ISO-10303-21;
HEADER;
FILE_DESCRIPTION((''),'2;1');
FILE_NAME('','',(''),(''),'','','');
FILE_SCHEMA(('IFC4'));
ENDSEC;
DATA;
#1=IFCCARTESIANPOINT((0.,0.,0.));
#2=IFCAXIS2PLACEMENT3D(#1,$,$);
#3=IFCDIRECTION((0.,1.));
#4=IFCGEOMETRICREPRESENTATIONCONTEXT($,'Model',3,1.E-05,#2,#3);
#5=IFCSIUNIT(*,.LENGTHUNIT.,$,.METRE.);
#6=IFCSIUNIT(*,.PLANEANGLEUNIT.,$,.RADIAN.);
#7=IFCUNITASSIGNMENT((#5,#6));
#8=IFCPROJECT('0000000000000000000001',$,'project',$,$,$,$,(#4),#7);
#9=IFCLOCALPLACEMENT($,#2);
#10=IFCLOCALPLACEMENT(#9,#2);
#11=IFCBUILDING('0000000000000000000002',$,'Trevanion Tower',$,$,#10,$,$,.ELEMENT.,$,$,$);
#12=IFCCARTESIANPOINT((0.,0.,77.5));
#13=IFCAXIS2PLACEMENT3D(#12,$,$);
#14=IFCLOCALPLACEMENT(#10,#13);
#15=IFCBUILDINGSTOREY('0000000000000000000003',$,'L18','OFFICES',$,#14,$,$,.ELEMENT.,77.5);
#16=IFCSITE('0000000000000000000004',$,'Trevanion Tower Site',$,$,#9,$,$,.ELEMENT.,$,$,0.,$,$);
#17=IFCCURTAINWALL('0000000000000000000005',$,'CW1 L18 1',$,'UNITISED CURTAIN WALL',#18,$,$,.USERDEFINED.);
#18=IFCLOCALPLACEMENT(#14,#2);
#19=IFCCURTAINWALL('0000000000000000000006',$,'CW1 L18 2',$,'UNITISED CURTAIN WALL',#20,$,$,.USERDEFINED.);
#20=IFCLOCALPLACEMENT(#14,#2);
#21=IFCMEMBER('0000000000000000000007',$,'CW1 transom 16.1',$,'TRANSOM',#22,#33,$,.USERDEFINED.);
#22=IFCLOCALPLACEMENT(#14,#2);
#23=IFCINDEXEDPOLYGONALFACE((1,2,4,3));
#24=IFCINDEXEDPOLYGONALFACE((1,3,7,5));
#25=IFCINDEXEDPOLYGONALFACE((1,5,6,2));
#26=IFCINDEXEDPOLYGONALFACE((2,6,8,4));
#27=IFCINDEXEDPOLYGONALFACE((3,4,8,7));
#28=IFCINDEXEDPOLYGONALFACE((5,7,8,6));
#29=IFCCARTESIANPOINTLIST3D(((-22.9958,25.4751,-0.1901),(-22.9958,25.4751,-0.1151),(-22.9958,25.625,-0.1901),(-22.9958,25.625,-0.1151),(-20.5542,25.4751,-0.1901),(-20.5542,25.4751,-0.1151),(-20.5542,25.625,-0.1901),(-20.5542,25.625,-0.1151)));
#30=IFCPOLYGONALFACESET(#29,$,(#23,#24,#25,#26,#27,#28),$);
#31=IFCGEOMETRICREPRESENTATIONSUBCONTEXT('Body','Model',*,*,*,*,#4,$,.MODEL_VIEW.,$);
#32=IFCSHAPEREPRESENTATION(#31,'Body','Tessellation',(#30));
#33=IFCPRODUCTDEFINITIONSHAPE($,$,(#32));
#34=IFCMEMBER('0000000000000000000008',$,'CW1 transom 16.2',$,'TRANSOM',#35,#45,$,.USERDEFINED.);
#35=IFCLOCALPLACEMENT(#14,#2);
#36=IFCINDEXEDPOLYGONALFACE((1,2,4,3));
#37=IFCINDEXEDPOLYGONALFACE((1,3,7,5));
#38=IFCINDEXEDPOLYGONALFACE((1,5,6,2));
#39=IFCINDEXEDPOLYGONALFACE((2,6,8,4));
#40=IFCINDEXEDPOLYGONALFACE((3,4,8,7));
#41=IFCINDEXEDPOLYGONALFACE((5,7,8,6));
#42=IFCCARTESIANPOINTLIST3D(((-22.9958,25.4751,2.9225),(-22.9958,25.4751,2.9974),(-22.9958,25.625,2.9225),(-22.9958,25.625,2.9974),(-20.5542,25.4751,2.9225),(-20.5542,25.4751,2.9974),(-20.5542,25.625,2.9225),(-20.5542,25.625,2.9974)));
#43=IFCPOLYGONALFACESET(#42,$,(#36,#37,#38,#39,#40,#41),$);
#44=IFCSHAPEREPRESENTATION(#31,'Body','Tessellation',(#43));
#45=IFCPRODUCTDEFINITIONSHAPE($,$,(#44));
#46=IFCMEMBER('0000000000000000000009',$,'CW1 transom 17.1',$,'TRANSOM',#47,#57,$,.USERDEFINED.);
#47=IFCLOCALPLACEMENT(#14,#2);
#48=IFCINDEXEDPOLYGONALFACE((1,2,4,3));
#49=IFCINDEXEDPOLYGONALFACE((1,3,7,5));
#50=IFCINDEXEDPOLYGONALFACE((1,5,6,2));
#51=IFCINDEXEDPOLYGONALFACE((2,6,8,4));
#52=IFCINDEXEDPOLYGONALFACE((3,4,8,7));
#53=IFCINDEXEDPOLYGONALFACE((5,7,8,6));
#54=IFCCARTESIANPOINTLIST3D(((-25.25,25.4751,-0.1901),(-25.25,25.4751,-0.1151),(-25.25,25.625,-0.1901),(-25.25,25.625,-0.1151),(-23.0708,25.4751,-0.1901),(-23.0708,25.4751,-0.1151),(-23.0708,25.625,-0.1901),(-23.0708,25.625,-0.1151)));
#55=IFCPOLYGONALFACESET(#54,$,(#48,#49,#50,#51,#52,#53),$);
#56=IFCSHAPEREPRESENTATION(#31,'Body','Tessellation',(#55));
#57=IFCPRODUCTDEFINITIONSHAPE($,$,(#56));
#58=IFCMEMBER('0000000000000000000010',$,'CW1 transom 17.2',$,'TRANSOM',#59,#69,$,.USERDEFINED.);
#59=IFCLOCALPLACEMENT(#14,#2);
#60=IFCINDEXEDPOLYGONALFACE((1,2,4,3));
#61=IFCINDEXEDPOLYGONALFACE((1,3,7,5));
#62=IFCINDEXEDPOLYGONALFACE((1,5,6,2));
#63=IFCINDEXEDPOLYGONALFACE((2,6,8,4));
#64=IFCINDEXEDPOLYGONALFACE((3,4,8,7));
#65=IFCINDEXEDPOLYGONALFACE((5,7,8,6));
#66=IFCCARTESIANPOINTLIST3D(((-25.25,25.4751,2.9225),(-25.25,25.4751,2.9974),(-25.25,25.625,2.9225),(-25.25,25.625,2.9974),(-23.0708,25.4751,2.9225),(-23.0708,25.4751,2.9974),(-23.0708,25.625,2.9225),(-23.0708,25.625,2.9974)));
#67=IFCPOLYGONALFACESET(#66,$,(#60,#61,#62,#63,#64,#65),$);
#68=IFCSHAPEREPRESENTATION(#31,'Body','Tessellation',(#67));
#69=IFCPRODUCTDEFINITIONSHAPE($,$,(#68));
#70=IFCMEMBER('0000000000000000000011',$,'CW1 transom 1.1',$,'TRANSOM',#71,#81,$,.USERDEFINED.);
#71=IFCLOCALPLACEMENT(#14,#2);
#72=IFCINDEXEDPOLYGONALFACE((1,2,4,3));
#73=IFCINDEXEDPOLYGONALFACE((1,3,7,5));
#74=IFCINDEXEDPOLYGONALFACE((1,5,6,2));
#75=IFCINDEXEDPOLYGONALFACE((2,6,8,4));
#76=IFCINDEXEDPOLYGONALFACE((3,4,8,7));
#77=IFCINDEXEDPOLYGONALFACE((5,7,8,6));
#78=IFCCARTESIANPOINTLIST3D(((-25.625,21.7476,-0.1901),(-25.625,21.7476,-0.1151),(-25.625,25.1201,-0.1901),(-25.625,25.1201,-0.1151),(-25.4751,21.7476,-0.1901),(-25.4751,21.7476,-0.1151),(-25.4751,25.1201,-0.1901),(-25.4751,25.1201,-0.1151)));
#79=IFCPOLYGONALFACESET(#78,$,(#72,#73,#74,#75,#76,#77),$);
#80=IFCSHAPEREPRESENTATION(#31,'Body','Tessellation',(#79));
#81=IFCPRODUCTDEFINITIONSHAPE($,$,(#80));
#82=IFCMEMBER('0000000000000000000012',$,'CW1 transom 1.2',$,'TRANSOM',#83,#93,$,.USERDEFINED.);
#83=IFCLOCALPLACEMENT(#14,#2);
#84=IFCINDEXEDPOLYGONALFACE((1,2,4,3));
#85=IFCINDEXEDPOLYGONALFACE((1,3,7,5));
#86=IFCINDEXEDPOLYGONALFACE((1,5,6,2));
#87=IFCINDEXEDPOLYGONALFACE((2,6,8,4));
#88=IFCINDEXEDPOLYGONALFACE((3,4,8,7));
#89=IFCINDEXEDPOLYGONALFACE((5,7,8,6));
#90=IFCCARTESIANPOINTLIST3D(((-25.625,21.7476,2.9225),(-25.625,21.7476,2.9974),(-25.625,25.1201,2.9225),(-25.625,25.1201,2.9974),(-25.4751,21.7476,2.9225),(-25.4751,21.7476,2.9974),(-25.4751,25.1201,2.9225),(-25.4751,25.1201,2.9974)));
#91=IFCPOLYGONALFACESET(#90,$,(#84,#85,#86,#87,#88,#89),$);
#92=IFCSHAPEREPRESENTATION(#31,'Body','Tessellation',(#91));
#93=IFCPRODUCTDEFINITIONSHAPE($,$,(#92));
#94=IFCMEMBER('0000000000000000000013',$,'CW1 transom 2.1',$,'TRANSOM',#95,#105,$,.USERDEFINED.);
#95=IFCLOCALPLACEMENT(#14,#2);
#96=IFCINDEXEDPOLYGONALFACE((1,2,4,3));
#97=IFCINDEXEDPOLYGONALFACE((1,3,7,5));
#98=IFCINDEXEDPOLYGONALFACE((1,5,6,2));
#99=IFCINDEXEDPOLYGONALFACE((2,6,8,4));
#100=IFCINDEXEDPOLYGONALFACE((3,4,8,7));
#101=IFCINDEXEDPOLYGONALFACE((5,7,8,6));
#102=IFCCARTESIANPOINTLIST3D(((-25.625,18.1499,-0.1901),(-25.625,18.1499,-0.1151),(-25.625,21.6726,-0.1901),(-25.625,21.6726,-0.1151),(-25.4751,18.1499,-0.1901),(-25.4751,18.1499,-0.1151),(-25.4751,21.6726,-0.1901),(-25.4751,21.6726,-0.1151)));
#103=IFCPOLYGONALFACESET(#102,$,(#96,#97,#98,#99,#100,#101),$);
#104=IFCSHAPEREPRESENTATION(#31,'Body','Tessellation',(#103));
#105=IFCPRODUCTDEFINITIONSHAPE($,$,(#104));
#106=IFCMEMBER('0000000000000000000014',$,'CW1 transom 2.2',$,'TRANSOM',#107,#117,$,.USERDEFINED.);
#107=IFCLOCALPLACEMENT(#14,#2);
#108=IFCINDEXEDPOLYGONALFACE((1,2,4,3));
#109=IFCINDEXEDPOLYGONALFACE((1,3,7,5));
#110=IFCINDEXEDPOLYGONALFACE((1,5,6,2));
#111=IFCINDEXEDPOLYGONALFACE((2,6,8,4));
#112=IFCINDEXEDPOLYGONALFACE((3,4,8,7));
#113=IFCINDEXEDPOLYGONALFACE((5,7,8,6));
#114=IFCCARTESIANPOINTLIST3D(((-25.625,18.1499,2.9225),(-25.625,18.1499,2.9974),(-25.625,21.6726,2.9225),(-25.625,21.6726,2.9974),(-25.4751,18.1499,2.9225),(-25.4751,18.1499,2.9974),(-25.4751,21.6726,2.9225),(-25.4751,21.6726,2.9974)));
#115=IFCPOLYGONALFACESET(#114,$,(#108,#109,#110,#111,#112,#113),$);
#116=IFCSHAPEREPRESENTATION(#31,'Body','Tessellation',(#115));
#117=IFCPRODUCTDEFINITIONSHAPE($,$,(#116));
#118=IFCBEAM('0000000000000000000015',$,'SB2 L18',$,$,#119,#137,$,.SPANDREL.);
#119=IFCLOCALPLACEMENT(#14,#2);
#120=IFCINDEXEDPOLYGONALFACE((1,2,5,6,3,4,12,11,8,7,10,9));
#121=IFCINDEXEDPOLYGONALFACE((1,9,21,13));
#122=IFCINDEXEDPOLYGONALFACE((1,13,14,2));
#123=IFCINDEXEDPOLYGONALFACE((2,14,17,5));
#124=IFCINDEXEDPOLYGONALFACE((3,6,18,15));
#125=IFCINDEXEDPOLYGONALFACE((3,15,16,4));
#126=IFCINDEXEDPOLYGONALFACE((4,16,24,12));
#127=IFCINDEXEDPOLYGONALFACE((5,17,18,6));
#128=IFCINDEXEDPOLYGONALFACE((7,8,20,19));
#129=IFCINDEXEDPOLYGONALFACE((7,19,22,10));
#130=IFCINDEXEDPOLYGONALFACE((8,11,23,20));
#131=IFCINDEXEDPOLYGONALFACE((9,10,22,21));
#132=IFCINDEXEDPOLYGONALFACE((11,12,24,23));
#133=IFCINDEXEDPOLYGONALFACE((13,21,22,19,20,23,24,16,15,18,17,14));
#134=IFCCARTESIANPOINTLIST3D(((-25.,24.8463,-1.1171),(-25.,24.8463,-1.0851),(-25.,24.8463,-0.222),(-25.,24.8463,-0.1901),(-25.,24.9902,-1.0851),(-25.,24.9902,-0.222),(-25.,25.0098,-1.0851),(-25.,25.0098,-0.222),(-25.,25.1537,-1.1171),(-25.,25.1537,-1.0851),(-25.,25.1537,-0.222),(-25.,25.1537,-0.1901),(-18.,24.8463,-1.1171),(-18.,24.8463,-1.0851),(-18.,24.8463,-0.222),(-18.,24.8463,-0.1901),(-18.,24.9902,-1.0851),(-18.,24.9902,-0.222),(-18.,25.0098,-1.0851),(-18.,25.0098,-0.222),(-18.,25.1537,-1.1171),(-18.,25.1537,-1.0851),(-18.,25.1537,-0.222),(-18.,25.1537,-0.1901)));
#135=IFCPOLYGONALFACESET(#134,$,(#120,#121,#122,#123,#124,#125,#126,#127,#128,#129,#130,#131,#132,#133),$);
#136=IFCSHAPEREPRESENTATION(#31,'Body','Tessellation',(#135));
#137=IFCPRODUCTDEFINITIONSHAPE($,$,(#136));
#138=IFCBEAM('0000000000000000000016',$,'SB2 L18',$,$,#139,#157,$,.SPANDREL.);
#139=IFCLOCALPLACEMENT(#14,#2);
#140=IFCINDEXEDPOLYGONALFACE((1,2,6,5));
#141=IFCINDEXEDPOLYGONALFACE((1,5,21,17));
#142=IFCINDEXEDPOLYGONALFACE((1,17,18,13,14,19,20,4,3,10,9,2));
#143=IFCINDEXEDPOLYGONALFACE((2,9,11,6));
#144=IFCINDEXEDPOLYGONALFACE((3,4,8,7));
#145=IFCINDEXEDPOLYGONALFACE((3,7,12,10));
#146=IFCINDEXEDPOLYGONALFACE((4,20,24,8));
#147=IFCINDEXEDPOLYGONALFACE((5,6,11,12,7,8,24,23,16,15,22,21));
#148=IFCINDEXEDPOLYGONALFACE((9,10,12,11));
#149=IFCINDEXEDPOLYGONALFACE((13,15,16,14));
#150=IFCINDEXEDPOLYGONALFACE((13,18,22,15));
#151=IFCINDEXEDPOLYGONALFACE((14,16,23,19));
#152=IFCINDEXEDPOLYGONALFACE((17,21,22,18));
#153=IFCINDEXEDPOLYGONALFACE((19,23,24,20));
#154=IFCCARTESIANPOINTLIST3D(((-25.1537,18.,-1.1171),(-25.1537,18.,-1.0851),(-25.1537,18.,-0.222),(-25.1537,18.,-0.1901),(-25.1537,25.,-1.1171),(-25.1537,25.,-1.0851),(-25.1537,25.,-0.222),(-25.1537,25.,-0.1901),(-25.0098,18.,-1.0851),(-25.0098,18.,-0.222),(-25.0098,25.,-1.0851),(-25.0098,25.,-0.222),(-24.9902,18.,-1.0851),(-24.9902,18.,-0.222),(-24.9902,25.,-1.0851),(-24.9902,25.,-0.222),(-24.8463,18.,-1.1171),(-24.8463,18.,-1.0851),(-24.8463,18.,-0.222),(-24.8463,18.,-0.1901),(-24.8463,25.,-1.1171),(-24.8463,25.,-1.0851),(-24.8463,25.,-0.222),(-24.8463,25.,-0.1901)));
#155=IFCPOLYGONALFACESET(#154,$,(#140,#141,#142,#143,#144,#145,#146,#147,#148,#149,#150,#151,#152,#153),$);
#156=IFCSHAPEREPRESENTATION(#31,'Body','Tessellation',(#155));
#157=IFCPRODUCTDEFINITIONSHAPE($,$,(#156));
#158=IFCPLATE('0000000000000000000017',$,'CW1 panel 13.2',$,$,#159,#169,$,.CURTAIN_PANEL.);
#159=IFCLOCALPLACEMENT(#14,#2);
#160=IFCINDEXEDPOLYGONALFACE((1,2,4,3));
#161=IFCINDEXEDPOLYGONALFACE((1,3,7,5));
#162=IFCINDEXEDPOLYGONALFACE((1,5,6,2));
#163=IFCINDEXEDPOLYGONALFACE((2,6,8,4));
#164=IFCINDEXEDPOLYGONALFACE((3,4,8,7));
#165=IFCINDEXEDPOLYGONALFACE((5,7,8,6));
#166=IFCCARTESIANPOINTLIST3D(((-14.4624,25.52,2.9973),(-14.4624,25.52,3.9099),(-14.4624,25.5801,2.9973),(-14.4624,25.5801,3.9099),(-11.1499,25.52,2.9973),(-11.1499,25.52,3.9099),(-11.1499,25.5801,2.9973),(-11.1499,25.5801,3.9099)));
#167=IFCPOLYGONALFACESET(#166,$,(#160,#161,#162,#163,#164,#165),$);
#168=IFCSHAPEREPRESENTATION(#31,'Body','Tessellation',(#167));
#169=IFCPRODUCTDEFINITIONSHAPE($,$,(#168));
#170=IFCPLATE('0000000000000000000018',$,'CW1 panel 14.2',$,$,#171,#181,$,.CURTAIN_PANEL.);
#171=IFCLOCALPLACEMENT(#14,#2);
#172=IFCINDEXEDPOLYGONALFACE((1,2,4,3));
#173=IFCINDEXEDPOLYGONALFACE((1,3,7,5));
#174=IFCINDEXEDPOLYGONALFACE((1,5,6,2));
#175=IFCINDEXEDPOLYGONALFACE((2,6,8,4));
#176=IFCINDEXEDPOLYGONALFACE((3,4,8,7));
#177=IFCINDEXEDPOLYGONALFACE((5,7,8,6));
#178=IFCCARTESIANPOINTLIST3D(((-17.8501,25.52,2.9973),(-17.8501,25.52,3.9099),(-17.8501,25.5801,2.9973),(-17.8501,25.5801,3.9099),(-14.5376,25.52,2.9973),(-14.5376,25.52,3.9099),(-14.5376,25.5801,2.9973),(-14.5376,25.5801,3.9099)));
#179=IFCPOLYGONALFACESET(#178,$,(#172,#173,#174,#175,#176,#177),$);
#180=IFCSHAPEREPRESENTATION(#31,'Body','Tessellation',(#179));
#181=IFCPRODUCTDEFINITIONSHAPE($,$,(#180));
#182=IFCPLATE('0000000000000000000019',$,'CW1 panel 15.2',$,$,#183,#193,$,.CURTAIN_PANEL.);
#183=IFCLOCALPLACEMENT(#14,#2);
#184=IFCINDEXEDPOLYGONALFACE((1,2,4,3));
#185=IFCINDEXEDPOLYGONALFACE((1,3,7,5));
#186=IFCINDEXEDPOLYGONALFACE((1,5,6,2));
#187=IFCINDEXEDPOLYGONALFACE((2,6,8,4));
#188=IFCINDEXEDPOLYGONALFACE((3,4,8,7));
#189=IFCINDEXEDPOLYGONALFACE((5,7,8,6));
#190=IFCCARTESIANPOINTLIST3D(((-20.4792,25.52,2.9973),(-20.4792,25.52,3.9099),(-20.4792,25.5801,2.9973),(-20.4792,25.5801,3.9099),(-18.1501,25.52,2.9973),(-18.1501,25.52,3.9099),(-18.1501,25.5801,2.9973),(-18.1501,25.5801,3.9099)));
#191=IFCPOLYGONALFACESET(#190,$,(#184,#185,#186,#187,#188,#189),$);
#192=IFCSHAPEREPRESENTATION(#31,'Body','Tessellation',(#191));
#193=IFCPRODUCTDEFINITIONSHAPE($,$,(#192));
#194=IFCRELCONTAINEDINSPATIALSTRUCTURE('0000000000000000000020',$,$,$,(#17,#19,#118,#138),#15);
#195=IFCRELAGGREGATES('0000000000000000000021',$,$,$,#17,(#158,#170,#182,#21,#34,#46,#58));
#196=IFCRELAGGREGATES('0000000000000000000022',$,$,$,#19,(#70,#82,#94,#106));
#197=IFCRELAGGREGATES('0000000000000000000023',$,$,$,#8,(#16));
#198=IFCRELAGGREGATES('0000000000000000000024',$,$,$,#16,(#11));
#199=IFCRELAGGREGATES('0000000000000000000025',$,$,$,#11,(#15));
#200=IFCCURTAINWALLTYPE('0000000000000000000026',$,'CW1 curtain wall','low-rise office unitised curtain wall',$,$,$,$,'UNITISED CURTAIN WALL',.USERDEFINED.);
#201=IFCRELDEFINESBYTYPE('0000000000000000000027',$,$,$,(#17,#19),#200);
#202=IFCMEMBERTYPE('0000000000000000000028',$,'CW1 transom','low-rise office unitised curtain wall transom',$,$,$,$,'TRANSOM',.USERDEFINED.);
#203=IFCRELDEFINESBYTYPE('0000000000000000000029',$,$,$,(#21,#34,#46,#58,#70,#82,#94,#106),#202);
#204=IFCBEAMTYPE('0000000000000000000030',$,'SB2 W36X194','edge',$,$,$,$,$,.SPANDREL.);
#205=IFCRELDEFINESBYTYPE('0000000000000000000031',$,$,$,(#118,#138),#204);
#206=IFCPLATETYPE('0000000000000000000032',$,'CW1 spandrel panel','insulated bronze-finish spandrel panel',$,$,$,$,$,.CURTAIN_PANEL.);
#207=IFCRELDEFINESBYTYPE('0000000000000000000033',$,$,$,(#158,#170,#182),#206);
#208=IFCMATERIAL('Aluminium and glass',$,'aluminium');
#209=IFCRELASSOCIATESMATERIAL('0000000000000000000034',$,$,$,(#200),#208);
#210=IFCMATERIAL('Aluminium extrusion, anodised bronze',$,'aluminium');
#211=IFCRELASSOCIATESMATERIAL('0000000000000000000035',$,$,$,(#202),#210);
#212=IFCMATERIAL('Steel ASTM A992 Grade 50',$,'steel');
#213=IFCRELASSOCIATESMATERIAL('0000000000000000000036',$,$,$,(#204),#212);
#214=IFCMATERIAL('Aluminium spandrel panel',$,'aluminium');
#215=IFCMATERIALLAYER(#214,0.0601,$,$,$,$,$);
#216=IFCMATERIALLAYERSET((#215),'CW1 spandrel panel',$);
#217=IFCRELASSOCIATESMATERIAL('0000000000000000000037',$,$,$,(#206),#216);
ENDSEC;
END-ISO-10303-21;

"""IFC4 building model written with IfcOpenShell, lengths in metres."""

from ifc_helpers import new_model, si_unit, direction, frame, origin, origin_2d, place, context, subcontext, project, spatial, rectangle, i_section, extrude, material, layer, layer_set, material_profile, profile_set, type_object, element, aggregate, save


model = new_model("IFC4")

# Units and contexts
model_context = context("Model", 3, precision=1e-05, world=origin(), true_north=direction((0.0, 1.0)))
body_context = subcontext(model_context, "Body", "Model", "MODEL_VIEW")
ifc_project = project(units=[si_unit("LENGTHUNIT", "METRE"), si_unit("PLANEANGLEUNIT", "RADIAN")], contexts=[model_context])

# Site, building, storey
site_placement = place(None, origin())
site = spatial("IfcSite", under=ifc_project, at=site_placement, Name="Trevanion Tower Site", CompositionType="ELEMENT", RefElevation=0.0)
building_placement = place(site_placement, origin())
building = spatial("IfcBuilding", under=site, at=building_placement, Name="Trevanion Tower", CompositionType="ELEMENT")
storey_placement = place(building_placement, frame((0.0, 0.0, 77.5)))
storey = spatial("IfcBuildingStorey", under=building, at=storey_placement, Name="L18", Description="OFFICES", CompositionType="ELEMENT", Elevation=77.5)

# Curtain wall
ifc_material_1 = material(Name="Aluminium and glass", Category="aluminium")
curtain_wall_type = type_object("IfcCurtainWallType", Name="CW1 curtain wall", Description="low-rise office unitised curtain wall", ElementType="UNITISED CURTAIN WALL", PredefinedType="USERDEFINED", material=ifc_material_1)
curtain_wall_1_placement = place(storey_placement, origin())
curtain_wall_1 = element("IfcCurtainWall", 1, at=curtain_wall_1_placement, inside=storey, type_object=curtain_wall_type, Name="CW1 L18 1", ObjectType="UNITISED CURTAIN WALL", PredefinedType="USERDEFINED")

# Curtain wall
curtain_wall_2_placement = place(storey_placement, origin())
curtain_wall_2 = element("IfcCurtainWall", 2, at=curtain_wall_2_placement, inside=storey, type_object=curtain_wall_type, Name="CW1 L18 2", ObjectType="UNITISED CURTAIN WALL", PredefinedType="USERDEFINED")

# Members
ifc_material_2 = material(Name="Aluminium extrusion, anodised bronze", Category="aluminium")
ifc_material_profile_1 = material_profile(ifc_material_2, rectangle(XDim=0.1499, YDim=0.075, at=origin_2d()), Name="CW1 transom")
ifc_profile_set_1 = profile_set([ifc_material_profile_1], Name="Aluminium extrusion, anodised bronze")
member_type_1 = type_object("IfcMemberType", Name="CW1 transom", Description="low-rise office unitised curtain wall transom", ElementType="TRANSOM", PredefinedType="USERDEFINED", material=ifc_profile_set_1)
member_1_placement = place(storey_placement, frame((-20.5542, 25.55, -0.1526), z_axis=(-1.0, 0.0, 0.0), x_axis=(0.0, -1.0, 0.0)))
member_1 = element("IfcMember", 3, at=member_1_placement, type_object=member_type_1, Name="CW1 transom 16.1", ObjectType="TRANSOM", PredefinedType="USERDEFINED", context=body_context, shape_type="SweptSolid", body=[
    extrude(rectangle(XDim=0.1499, YDim=0.075, at=origin_2d()), origin(), (0.0, 0.0, 1.0), 2.4417),
])
member_2_placement = place(storey_placement, frame((-20.5542, 25.55, 2.96), z_axis=(-1.0, 0.0, 0.0), x_axis=(0.0, -1.0, 0.0)))
member_2 = element("IfcMember", 4, at=member_2_placement, type_object=member_type_1, Name="CW1 transom 16.2", ObjectType="TRANSOM", PredefinedType="USERDEFINED", context=body_context, shape_type="SweptSolid", body=[
    extrude(rectangle(XDim=0.1499, YDim=0.075, at=origin_2d()), origin(), (0.0, 0.0, 1.0), 2.4417),
])
member_3_placement = place(storey_placement, frame((-23.0708, 25.55, -0.1526), z_axis=(-1.0, 0.0, 0.0), x_axis=(0.0, -1.0, 0.0)))
member_3 = element("IfcMember", 5, at=member_3_placement, type_object=member_type_1, Name="CW1 transom 17.1", ObjectType="TRANSOM", PredefinedType="USERDEFINED", context=body_context, shape_type="SweptSolid", body=[
    extrude(rectangle(XDim=0.1499, YDim=0.075, at=origin_2d()), origin(), (0.0, 0.0, 1.0), 2.1792),
])
member_4_placement = place(storey_placement, frame((-23.0708, 25.55, 2.96), z_axis=(-1.0, 0.0, 0.0), x_axis=(0.0, -1.0, 0.0)))
member_4 = element("IfcMember", 6, at=member_4_placement, type_object=member_type_1, Name="CW1 transom 17.2", ObjectType="TRANSOM", PredefinedType="USERDEFINED", context=body_context, shape_type="SweptSolid", body=[
    extrude(rectangle(XDim=0.1499, YDim=0.075, at=origin_2d()), origin(), (0.0, 0.0, 1.0), 2.1792),
])
member_5_placement = place(storey_placement, frame((-25.55, 25.1201, -0.1526), z_axis=(0.0, -1.0, 0.0), x_axis=(1.0, 0.0, 0.0)))
member_5 = element("IfcMember", 7, at=member_5_placement, type_object=member_type_1, Name="CW1 transom 1.1", ObjectType="TRANSOM", PredefinedType="USERDEFINED", context=body_context, shape_type="SweptSolid", body=[
    extrude(rectangle(XDim=0.1499, YDim=0.075, at=origin_2d()), origin(), (0.0, 0.0, 1.0), 3.3726),
])
member_6_placement = place(storey_placement, frame((-25.55, 25.1201, 2.96), z_axis=(0.0, -1.0, 0.0), x_axis=(1.0, 0.0, 0.0)))
member_6 = element("IfcMember", 8, at=member_6_placement, type_object=member_type_1, Name="CW1 transom 1.2", ObjectType="TRANSOM", PredefinedType="USERDEFINED", context=body_context, shape_type="SweptSolid", body=[
    extrude(rectangle(XDim=0.1499, YDim=0.075, at=origin_2d()), origin(), (0.0, 0.0, 1.0), 3.3726),
])
member_7_placement = place(storey_placement, frame((-25.55, 21.6726, -0.1526), z_axis=(0.0, -1.0, 0.0), x_axis=(1.0, 0.0, 0.0)))
member_7 = element("IfcMember", 9, at=member_7_placement, type_object=member_type_1, Name="CW1 transom 2.1", ObjectType="TRANSOM", PredefinedType="USERDEFINED", context=body_context, shape_type="SweptSolid", body=[
    extrude(rectangle(XDim=0.1499, YDim=0.075, at=origin_2d()), origin(), (0.0, 0.0, 1.0), 3.5227),
])
member_8_placement = place(storey_placement, frame((-25.55, 21.6726, 2.96), z_axis=(0.0, -1.0, 0.0), x_axis=(1.0, 0.0, 0.0)))
member_8 = element("IfcMember", 10, at=member_8_placement, type_object=member_type_1, Name="CW1 transom 2.2", ObjectType="TRANSOM", PredefinedType="USERDEFINED", context=body_context, shape_type="SweptSolid", body=[
    extrude(rectangle(XDim=0.1499, YDim=0.075, at=origin_2d()), origin(), (0.0, 0.0, 1.0), 3.5227),
])

# Beams
ifc_material_3 = material(Name="Steel ASTM A992 Grade 50", Category="steel")
ifc_material_profile_2 = material_profile(ifc_material_3, i_section(OverallWidth=0.3074, OverallDepth=0.927, WebThickness=0.0195, FlangeThickness=0.032, at=origin_2d()), Name="W36X194")
ifc_profile_set_2 = profile_set([ifc_material_profile_2], Name="Steel ASTM A992 Grade 50")
beam_type = type_object("IfcBeamType", Name="SB2 W36X194", Description="edge", PredefinedType="SPANDREL", material=ifc_profile_set_2)
for number, where, z_axis, x_axis, name in (
    (11, (-18.0, 25.0, -0.6536), (-1.0, 0.0, 0.0), (0.0, -1.0, 0.0), "SB2 L18"),
    (12, (-25.0, 25.0, -0.6536), (0.0, -1.0, 0.0), (1.0, 0.0, 0.0), "SB2 L18"),
):
    element("IfcBeam", number, at=place(storey_placement, frame(where, z_axis=z_axis, x_axis=x_axis)), inside=storey, type_object=beam_type, Name=name, PredefinedType="SPANDREL", context=body_context, shape_type="SweptSolid", body=[
        extrude(i_section(OverallWidth=0.3074, OverallDepth=0.927, WebThickness=0.0195, FlangeThickness=0.032, at=origin_2d()), origin(), (0.0, 0.0, 1.0), 7.0),
    ])

# Plates
ifc_material_4 = material(Name="Aluminium spandrel panel", Category="aluminium")
ifc_layer_1 = layer(ifc_material_4, 0.0601)
ifc_layer_set_1 = layer_set([ifc_layer_1], Name="CW1 spandrel panel")
plate_type_1 = type_object("IfcPlateType", Name="CW1 spandrel panel", Description="insulated bronze-finish spandrel panel", PredefinedType="CURTAIN_PANEL", material=ifc_layer_set_1)
plate_1_placement = place(storey_placement, frame((-12.8062, 25.55, 2.9973), z_axis=(0.0, 0.0, 1.0), x_axis=(-1.0, 0.0, 0.0)))
plate_1 = element("IfcPlate", 13, at=plate_1_placement, type_object=plate_type_1, Name="CW1 panel 13.2", PredefinedType="CURTAIN_PANEL", context=body_context, shape_type="SweptSolid", body=[
    extrude(rectangle(XDim=3.3125, YDim=0.0601, at=origin_2d()), origin(), (0.0, 0.0, 1.0), 0.9126),
])
plate_2_placement = place(storey_placement, frame((-16.1938, 25.55, 2.9973), z_axis=(0.0, 0.0, 1.0), x_axis=(-1.0, 0.0, 0.0)))
plate_2 = element("IfcPlate", 14, at=plate_2_placement, type_object=plate_type_1, Name="CW1 panel 14.2", PredefinedType="CURTAIN_PANEL", context=body_context, shape_type="SweptSolid", body=[
    extrude(rectangle(XDim=3.3125, YDim=0.0601, at=origin_2d()), origin(), (0.0, 0.0, 1.0), 0.9126),
])
plate_3_placement = place(storey_placement, frame((-19.3147, 25.55, 2.9973), z_axis=(0.0, 0.0, 1.0), x_axis=(-1.0, 0.0, 0.0)))
plate_3 = element("IfcPlate", 15, at=plate_3_placement, type_object=plate_type_1, Name="CW1 panel 15.2", PredefinedType="CURTAIN_PANEL", context=body_context, shape_type="SweptSolid", body=[
    extrude(rectangle(XDim=2.3291, YDim=0.0601, at=origin_2d()), origin(), (0.0, 0.0, 1.0), 0.9126),
])
aggregate(curtain_wall_1, [plate_1, plate_2, plate_3, member_1, member_2, member_3, member_4])
aggregate(curtain_wall_2, [member_5, member_6, member_7, member_8])

save(model, "model.ifc")
